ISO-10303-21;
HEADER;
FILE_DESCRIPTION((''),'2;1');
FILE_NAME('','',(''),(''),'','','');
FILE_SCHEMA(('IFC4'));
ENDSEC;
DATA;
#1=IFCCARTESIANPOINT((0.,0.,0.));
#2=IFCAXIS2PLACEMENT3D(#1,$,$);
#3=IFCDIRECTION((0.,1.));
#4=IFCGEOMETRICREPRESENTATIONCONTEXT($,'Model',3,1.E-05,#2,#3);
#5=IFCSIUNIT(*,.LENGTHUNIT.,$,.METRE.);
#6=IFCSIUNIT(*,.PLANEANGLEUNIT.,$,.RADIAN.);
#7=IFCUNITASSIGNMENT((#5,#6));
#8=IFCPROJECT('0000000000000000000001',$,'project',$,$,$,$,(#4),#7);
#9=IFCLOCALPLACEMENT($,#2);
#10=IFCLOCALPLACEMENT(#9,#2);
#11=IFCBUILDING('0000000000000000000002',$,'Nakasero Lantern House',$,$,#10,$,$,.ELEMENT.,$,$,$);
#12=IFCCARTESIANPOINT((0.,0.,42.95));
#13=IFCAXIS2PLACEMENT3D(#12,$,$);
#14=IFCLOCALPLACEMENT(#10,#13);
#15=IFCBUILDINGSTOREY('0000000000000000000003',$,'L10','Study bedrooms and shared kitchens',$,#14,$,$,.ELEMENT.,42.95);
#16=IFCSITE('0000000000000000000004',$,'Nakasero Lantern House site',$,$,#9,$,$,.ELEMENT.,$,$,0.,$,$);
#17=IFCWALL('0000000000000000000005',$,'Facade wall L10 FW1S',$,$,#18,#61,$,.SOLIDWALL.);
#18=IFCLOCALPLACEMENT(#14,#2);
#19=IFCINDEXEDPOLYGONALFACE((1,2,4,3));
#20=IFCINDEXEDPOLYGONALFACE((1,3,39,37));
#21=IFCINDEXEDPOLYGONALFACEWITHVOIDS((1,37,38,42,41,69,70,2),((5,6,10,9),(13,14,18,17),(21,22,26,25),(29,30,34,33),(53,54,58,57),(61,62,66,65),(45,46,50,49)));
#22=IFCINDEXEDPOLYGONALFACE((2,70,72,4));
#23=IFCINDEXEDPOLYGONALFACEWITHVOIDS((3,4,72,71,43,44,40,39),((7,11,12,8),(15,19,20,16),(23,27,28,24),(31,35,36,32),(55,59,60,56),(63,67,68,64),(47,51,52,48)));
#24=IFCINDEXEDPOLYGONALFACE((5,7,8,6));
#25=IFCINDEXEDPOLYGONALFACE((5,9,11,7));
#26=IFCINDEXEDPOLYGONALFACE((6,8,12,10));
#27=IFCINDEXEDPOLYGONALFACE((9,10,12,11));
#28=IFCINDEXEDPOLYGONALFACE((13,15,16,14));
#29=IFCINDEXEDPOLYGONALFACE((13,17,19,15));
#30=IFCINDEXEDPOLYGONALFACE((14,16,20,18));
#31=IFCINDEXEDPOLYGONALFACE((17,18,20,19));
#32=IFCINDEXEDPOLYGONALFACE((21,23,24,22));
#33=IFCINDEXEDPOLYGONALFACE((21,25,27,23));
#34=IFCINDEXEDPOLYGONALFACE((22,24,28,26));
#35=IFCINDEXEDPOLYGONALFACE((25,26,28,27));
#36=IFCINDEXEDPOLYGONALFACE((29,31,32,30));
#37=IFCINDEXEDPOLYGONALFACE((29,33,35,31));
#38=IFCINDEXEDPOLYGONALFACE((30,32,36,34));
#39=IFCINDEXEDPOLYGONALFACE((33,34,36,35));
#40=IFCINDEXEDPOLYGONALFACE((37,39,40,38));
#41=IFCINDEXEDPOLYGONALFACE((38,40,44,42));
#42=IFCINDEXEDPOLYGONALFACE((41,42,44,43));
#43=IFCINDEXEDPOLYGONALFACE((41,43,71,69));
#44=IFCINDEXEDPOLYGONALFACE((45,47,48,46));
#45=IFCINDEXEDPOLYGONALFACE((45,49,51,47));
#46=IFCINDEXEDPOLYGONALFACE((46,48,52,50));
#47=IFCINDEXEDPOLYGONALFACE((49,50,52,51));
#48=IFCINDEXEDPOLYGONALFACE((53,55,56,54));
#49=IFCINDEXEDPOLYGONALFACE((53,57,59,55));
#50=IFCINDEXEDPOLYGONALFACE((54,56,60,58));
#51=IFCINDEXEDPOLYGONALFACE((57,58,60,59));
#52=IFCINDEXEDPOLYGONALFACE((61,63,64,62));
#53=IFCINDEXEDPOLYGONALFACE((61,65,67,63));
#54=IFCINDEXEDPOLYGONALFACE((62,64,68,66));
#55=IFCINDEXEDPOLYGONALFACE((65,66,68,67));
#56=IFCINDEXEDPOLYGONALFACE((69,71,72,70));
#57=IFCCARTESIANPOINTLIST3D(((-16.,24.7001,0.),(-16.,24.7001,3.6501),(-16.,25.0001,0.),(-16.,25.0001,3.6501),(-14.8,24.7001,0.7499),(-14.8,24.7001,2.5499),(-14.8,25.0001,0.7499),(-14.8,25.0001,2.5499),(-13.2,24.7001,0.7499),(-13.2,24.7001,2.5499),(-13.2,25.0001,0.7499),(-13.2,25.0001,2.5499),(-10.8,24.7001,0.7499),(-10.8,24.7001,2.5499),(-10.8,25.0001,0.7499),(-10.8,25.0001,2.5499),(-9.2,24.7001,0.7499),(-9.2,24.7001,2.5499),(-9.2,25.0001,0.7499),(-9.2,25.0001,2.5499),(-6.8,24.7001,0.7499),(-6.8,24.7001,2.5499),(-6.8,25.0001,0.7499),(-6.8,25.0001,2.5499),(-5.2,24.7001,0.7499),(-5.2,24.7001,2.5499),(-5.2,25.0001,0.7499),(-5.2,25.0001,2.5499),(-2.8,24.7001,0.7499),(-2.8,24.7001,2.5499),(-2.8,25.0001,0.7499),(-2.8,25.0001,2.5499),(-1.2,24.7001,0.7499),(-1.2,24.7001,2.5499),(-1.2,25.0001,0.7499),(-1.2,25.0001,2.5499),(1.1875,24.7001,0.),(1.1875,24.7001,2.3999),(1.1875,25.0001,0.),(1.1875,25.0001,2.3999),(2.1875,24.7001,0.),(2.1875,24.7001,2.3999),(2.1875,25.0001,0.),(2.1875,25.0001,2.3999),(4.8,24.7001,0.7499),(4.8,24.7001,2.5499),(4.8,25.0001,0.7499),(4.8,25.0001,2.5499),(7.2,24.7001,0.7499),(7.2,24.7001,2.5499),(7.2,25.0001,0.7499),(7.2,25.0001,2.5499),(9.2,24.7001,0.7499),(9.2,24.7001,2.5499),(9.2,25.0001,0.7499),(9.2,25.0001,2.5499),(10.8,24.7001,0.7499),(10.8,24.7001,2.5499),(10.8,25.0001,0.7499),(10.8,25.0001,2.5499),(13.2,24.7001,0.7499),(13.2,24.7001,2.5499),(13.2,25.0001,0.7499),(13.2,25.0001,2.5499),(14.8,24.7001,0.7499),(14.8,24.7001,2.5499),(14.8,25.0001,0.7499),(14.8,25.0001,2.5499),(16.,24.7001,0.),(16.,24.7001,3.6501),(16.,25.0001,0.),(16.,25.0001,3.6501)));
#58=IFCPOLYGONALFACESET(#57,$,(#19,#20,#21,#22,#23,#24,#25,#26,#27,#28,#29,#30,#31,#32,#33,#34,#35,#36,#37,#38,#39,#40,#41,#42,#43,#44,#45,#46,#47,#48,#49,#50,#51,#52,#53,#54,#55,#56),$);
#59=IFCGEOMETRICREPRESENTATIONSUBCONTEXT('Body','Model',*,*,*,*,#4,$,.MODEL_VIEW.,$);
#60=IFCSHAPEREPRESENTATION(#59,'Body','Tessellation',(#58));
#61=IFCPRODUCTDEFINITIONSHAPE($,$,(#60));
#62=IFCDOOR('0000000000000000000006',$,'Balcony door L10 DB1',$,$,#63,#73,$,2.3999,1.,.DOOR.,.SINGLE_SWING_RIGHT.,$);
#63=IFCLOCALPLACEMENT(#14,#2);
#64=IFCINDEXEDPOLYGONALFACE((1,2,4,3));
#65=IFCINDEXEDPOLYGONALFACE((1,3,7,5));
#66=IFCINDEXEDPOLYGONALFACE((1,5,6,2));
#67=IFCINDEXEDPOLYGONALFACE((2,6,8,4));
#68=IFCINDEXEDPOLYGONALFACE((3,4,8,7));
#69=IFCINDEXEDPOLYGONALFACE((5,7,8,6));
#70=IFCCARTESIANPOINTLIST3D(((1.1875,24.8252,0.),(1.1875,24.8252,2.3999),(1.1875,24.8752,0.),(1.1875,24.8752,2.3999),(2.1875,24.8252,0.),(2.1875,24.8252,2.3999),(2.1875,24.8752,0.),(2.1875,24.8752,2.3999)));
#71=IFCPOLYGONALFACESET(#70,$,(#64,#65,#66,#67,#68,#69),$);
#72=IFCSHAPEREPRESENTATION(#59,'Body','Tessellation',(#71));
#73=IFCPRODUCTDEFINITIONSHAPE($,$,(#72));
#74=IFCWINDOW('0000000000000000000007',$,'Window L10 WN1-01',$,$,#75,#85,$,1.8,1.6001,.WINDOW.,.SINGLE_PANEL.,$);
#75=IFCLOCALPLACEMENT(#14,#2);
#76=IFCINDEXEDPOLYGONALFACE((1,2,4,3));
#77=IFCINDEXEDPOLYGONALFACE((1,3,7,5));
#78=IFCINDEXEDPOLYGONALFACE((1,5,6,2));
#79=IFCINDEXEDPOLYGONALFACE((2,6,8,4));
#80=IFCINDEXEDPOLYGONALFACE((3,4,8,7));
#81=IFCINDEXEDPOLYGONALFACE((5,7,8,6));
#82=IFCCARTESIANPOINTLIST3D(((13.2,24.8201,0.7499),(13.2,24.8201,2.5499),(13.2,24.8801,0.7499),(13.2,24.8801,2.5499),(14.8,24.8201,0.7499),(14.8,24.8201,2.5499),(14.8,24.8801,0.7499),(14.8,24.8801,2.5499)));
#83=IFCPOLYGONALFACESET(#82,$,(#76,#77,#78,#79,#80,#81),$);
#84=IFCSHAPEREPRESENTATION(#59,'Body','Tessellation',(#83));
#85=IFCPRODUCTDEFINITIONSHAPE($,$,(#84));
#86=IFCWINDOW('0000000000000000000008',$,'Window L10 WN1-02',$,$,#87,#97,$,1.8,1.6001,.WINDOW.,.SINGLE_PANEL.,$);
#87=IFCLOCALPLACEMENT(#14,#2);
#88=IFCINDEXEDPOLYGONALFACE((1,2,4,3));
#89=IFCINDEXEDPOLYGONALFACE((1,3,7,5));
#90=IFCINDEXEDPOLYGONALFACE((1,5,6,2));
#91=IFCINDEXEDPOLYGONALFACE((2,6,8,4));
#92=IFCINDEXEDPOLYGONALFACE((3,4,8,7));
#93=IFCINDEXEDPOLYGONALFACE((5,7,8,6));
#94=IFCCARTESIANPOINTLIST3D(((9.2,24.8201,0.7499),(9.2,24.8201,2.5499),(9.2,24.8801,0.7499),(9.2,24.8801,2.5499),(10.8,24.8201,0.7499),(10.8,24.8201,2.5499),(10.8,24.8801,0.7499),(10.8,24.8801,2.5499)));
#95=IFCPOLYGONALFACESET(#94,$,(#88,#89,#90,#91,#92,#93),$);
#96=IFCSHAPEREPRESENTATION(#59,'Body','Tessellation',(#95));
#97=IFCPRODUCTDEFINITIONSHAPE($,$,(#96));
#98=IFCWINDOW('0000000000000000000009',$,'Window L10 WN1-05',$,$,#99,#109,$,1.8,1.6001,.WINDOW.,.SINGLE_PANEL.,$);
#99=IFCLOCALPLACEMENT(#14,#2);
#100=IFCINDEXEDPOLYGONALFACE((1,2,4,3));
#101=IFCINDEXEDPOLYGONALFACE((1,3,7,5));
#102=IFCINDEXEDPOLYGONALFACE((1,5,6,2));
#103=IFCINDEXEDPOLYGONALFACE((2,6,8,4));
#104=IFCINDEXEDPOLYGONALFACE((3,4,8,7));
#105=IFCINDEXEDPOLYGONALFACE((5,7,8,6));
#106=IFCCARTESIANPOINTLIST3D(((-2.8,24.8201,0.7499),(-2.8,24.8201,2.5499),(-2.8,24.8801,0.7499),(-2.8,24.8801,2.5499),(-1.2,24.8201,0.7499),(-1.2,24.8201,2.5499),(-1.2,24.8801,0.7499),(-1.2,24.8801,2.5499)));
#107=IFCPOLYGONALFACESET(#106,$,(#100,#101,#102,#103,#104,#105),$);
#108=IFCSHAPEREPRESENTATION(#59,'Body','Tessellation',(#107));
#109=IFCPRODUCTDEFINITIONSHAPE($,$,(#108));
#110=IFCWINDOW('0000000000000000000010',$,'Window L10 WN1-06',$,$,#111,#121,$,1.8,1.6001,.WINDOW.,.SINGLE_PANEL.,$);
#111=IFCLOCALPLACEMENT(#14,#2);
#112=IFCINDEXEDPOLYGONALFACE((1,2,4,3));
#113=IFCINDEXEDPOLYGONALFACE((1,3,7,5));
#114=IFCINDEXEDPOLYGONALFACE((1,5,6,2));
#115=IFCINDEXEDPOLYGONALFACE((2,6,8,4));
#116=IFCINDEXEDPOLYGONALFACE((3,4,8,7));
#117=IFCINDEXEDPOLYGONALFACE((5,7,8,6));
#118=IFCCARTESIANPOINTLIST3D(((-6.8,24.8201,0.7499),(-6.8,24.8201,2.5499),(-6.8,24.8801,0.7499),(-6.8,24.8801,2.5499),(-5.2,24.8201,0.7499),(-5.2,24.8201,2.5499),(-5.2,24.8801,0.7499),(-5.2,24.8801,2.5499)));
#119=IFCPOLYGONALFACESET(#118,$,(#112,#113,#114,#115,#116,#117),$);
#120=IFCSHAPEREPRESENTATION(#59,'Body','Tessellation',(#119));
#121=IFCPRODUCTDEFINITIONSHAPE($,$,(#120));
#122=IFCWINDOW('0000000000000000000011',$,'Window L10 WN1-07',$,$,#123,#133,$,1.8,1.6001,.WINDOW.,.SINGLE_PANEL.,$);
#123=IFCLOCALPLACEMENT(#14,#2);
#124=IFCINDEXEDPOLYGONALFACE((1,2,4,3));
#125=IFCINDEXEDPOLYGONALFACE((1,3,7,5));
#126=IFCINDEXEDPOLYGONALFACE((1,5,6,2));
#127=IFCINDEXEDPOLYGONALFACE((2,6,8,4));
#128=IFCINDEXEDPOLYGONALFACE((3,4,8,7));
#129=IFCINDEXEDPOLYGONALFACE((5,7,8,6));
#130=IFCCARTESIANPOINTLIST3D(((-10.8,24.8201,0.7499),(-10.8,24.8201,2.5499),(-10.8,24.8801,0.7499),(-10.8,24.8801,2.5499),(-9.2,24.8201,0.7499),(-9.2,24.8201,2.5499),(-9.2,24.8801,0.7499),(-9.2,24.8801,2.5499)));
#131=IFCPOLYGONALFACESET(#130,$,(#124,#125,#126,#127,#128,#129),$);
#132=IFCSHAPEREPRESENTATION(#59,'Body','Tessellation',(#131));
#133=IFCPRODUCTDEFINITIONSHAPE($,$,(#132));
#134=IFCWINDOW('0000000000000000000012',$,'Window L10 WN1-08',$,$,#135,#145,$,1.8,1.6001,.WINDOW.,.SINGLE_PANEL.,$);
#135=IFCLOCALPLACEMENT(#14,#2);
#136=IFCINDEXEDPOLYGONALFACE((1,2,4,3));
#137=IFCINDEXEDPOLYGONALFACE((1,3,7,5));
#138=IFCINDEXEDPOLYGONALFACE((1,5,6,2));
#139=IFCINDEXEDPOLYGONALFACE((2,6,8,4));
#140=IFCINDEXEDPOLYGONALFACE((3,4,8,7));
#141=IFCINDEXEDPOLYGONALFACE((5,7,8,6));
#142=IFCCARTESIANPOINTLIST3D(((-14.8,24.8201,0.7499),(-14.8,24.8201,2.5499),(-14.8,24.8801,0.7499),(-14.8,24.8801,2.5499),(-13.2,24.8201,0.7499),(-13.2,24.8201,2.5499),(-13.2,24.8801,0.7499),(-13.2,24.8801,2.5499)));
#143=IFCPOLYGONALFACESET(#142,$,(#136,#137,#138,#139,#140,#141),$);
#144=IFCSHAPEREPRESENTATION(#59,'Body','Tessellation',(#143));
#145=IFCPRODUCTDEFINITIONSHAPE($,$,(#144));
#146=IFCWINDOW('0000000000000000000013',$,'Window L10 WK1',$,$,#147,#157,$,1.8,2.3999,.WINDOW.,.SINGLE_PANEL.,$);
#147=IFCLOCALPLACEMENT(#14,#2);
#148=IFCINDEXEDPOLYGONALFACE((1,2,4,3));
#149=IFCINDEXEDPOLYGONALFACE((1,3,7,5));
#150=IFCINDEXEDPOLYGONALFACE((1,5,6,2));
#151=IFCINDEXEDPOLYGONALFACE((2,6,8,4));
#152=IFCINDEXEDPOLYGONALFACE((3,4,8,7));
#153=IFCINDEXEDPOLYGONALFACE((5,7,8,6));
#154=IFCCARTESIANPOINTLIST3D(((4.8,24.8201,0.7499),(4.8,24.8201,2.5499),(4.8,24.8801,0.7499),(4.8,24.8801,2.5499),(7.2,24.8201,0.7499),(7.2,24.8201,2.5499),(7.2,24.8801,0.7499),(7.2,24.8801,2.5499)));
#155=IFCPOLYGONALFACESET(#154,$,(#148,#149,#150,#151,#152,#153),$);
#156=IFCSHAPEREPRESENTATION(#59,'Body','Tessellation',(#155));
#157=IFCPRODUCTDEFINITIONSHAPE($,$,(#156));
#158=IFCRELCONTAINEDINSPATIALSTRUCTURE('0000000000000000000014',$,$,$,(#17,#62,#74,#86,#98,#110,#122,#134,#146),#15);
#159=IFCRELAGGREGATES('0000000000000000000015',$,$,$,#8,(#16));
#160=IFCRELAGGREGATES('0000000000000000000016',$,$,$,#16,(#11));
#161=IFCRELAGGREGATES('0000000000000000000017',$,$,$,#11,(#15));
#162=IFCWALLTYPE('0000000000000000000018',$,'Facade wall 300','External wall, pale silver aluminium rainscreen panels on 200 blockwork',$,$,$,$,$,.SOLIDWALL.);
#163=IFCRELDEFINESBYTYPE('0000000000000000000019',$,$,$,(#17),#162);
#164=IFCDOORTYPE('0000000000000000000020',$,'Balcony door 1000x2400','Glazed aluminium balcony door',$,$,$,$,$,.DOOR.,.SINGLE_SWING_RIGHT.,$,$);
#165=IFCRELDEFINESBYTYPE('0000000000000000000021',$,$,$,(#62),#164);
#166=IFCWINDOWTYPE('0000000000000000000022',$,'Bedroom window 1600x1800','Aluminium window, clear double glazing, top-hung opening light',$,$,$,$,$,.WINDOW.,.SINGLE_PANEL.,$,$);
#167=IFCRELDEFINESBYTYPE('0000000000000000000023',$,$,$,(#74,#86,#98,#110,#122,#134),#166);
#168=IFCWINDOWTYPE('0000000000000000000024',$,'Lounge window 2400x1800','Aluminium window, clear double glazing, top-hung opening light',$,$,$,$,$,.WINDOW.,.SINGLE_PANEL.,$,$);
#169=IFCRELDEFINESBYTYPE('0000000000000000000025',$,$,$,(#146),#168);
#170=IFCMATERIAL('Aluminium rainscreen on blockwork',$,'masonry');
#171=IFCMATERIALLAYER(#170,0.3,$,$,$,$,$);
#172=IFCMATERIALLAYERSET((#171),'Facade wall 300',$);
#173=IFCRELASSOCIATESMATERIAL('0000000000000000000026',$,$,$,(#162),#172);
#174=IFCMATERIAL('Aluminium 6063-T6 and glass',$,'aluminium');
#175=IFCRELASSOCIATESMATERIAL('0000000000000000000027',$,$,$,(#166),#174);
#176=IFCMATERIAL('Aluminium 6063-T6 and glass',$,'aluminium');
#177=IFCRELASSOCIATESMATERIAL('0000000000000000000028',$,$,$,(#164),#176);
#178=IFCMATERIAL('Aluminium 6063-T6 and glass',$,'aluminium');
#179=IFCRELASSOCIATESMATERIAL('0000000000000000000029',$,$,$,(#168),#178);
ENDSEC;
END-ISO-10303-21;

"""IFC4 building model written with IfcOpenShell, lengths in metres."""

from ifc_helpers import new_model, si_unit, direction, frame, frame_2d, origin, place, context, subcontext, project, spatial, rectangle, extrude, material, layer, layer_set, type_object, element, fill, save


model = new_model("IFC4")

# Units and contexts
model_context = context("Model", 3, precision=1e-05, world=origin(), true_north=direction((0.0, 1.0)))
body_context = subcontext(model_context, "Body", "Model", "MODEL_VIEW")
ifc_project = project(units=[si_unit("LENGTHUNIT", "METRE"), si_unit("PLANEANGLEUNIT", "RADIAN")], contexts=[model_context])

# Site, building, storey
site_placement = place(None, origin())
site = spatial("IfcSite", under=ifc_project, at=site_placement, Name="Nakasero Lantern House site", CompositionType="ELEMENT", RefElevation=0.0)
building_placement = place(site_placement, origin())
building = spatial("IfcBuilding", under=site, at=building_placement, Name="Nakasero Lantern House", CompositionType="ELEMENT")
storey_placement = place(building_placement, frame((0.0, 0.0, 42.95)))
storey = spatial("IfcBuildingStorey", under=building, at=storey_placement, Name="L10", Description="Study bedrooms and shared kitchens", CompositionType="ELEMENT", Elevation=42.95)

# Shared definitions
ifc_material_1 = material(Name="Aluminium rainscreen on blockwork", Category="masonry")
ifc_layer_1 = layer(ifc_material_1, 0.3)
ifc_layer_set_1 = layer_set([ifc_layer_1], Name="Facade wall 300")
wall_type_1 = type_object("IfcWallType", Name="Facade wall 300", Description="External wall, pale silver aluminium rainscreen panels on 200 blockwork", PredefinedType="SOLIDWALL", material=ifc_layer_set_1)
ifc_material_2 = material(Name="Aluminium 6063-T6 and glass", Category="aluminium")
window_type_1 = type_object("IfcWindowType", Name="Bedroom window 1600x1800", Description="Aluminium window, clear double glazing, top-hung opening light", PartitioningType="SINGLE_PANEL", PredefinedType="WINDOW", material=ifc_material_2)

# Wall, openings, door, windows
wall_1_placement = place(storey_placement, frame((16.0, 24.8501, 0.0), z_axis=(0.0, 0.0, 1.0), x_axis=(-1.0, 0.0, 0.0)))
wall_1 = element("IfcWall", 1, at=wall_1_placement, inside=storey, type_object=wall_type_1, Name="Facade wall L10 FW1S", PredefinedType="SOLIDWALL", context=body_context, shape_type="SweptSolid", body=[
    extrude(rectangle(XDim=32.0, YDim=0.3, at=frame_2d((16.0, 0.0))), origin(), (0.0, 0.0, 1.0), 3.6501),
])
opening_1_placement = place(wall_1_placement, frame((1.2, 0.0, 0.75)))
opening_1 = element("IfcOpeningElement", 2, at=opening_1_placement, cuts=wall_1, PredefinedType="OPENING", context=body_context, shape_type="SweptSolid", body=[
    extrude(rectangle(XDim=1.6001, YDim=1.8, at=frame_2d((0.8, 0.8999))), frame((0.0, 0.1699, 0.0), z_axis=(0.0, -1.0, 0.0), x_axis=(1.0, 0.0, 0.0)), (0.0, 0.0, 1.0), 0.3401),
])
opening_2_placement = place(wall_1_placement, frame((5.2, 0.0, 0.75)))
opening_2 = element("IfcOpeningElement", 3, at=opening_2_placement, cuts=wall_1, PredefinedType="OPENING", context=body_context, shape_type="SweptSolid", body=[
    extrude(rectangle(XDim=1.6001, YDim=1.8, at=frame_2d((0.8, 0.8999))), frame((0.0, 0.1699, 0.0), z_axis=(0.0, -1.0, 0.0), x_axis=(1.0, 0.0, 0.0)), (0.0, 0.0, 1.0), 0.3401),
])
opening_3_placement = place(wall_1_placement, frame((17.2, 0.0, 0.75)))
opening_3 = element("IfcOpeningElement", 4, at=opening_3_placement, cuts=wall_1, PredefinedType="OPENING", context=body_context, shape_type="SweptSolid", body=[
    extrude(rectangle(XDim=1.6001, YDim=1.8, at=frame_2d((0.8, 0.8999))), frame((0.0, 0.1699, 0.0), z_axis=(0.0, -1.0, 0.0), x_axis=(1.0, 0.0, 0.0)), (0.0, 0.0, 1.0), 0.3401),
])
opening_4_placement = place(wall_1_placement, frame((21.2, 0.0, 0.75)))
opening_4 = element("IfcOpeningElement", 5, at=opening_4_placement, cuts=wall_1, PredefinedType="OPENING", context=body_context, shape_type="SweptSolid", body=[
    extrude(rectangle(XDim=1.6001, YDim=1.8, at=frame_2d((0.8, 0.8999))), frame((0.0, 0.1699, 0.0), z_axis=(0.0, -1.0, 0.0), x_axis=(1.0, 0.0, 0.0)), (0.0, 0.0, 1.0), 0.3401),
])
opening_5_placement = place(wall_1_placement, frame((25.2, 0.0, 0.75)))
opening_5 = element("IfcOpeningElement", 6, at=opening_5_placement, cuts=wall_1, PredefinedType="OPENING", context=body_context, shape_type="SweptSolid", body=[
    extrude(rectangle(XDim=1.6001, YDim=1.8, at=frame_2d((0.8, 0.8999))), frame((0.0, 0.1699, 0.0), z_axis=(0.0, -1.0, 0.0), x_axis=(1.0, 0.0, 0.0)), (0.0, 0.0, 1.0), 0.3401),
])
opening_6_placement = place(wall_1_placement, frame((29.2, 0.0, 0.75)))
opening_6 = element("IfcOpeningElement", 7, at=opening_6_placement, cuts=wall_1, PredefinedType="OPENING", context=body_context, shape_type="SweptSolid", body=[
    extrude(rectangle(XDim=1.6001, YDim=1.8, at=frame_2d((0.8, 0.8999))), frame((0.0, 0.1699, 0.0), z_axis=(0.0, -1.0, 0.0), x_axis=(1.0, 0.0, 0.0)), (0.0, 0.0, 1.0), 0.3401),
])
opening_7_placement = place(wall_1_placement, frame((8.8, 0.0, 0.75)))
opening_7 = element("IfcOpeningElement", 8, at=opening_7_placement, cuts=wall_1, PredefinedType="OPENING", context=body_context, shape_type="SweptSolid", body=[
    extrude(rectangle(XDim=2.3999, YDim=1.8, at=frame_2d((1.2, 0.8999))), frame((0.0, 0.1699, 0.0), z_axis=(0.0, -1.0, 0.0), x_axis=(1.0, 0.0, 0.0)), (0.0, 0.0, 1.0), 0.3401),
])
opening_8_placement = place(wall_1_placement, frame((13.8125, 0.0, 0.0)))
opening_8 = element("IfcOpeningElement", 9, at=opening_8_placement, cuts=wall_1, PredefinedType="OPENING", context=body_context, shape_type="SweptSolid", body=[
    extrude(rectangle(XDim=1.0, YDim=2.3999, at=frame_2d((0.5, 1.2))), frame((0.0, 0.1699, 0.0), z_axis=(0.0, -1.0, 0.0), x_axis=(1.0, 0.0, 0.0)), (0.0, 0.0, 1.0), 0.3401),
])
ifc_material_3 = material(Name="Aluminium 6063-T6 and glass", Category="aluminium")
door_type_1 = type_object("IfcDoorType", Name="Balcony door 1000x2400", Description="Glazed aluminium balcony door", OperationType="SINGLE_SWING_RIGHT", PredefinedType="DOOR", material=ifc_material_3)
door_1_placement = place(opening_8_placement, origin())
door_1 = element("IfcDoor", 10, at=door_1_placement, inside=storey, type_object=door_type_1, Name="Balcony door L10 DB1", OperationType="SINGLE_SWING_RIGHT", OverallHeight=2.3999, OverallWidth=1.0, PredefinedType="DOOR", context=body_context, shape_type="SweptSolid", body=[
    extrude(rectangle(XDim=1.0, YDim=2.3999, at=frame_2d((0.5, 1.2))), frame((0.0, 0.0249, 0.0), z_axis=(0.0, -1.0, 0.0), x_axis=(1.0, 0.0, 0.0)), (0.0, 0.0, 1.0), 0.05),
])
fill(opening_8, door_1)
window_1_placement = place(opening_1_placement, origin())
window_1 = element("IfcWindow", 11, at=window_1_placement, inside=storey, type_object=window_type_1, Name="Window L10 WN1-01", OverallHeight=1.8, OverallWidth=1.6001, PartitioningType="SINGLE_PANEL", PredefinedType="WINDOW", context=body_context, shape_type="SweptSolid", body=[
    extrude(rectangle(XDim=1.6001, YDim=1.8, at=frame_2d((0.8, 0.8999))), frame((0.0, 0.03, 0.0), z_axis=(0.0, -1.0, 0.0), x_axis=(1.0, 0.0, 0.0)), (0.0, 0.0, 1.0), 0.0601),
])
fill(opening_1, window_1)
window_2_placement = place(opening_2_placement, origin())
window_2 = element("IfcWindow", 12, at=window_2_placement, inside=storey, type_object=window_type_1, Name="Window L10 WN1-02", OverallHeight=1.8, OverallWidth=1.6001, PartitioningType="SINGLE_PANEL", PredefinedType="WINDOW", context=body_context, shape_type="SweptSolid", body=[
    extrude(rectangle(XDim=1.6001, YDim=1.8, at=frame_2d((0.8, 0.8999))), frame((0.0, 0.03, 0.0), z_axis=(0.0, -1.0, 0.0), x_axis=(1.0, 0.0, 0.0)), (0.0, 0.0, 1.0), 0.0601),
])
fill(opening_2, window_2)
window_3_placement = place(opening_3_placement, origin())
window_3 = element("IfcWindow", 13, at=window_3_placement, inside=storey, type_object=window_type_1, Name="Window L10 WN1-05", OverallHeight=1.8, OverallWidth=1.6001, PartitioningType="SINGLE_PANEL", PredefinedType="WINDOW", context=body_context, shape_type="SweptSolid", body=[
    extrude(rectangle(XDim=1.6001, YDim=1.8, at=frame_2d((0.8, 0.8999))), frame((0.0, 0.03, 0.0), z_axis=(0.0, -1.0, 0.0), x_axis=(1.0, 0.0, 0.0)), (0.0, 0.0, 1.0), 0.0601),
])
fill(opening_3, window_3)
window_4_placement = place(opening_4_placement, origin())
window_4 = element("IfcWindow", 14, at=window_4_placement, inside=storey, type_object=window_type_1, Name="Window L10 WN1-06", OverallHeight=1.8, OverallWidth=1.6001, PartitioningType="SINGLE_PANEL", PredefinedType="WINDOW", context=body_context, shape_type="SweptSolid", body=[
    extrude(rectangle(XDim=1.6001, YDim=1.8, at=frame_2d((0.8, 0.8999))), frame((0.0, 0.03, 0.0), z_axis=(0.0, -1.0, 0.0), x_axis=(1.0, 0.0, 0.0)), (0.0, 0.0, 1.0), 0.0601),
])
fill(opening_4, window_4)
window_5_placement = place(opening_5_placement, origin())
window_5 = element("IfcWindow", 15, at=window_5_placement, inside=storey, type_object=window_type_1, Name="Window L10 WN1-07", OverallHeight=1.8, OverallWidth=1.6001, PartitioningType="SINGLE_PANEL", PredefinedType="WINDOW", context=body_context, shape_type="SweptSolid", body=[
    extrude(rectangle(XDim=1.6001, YDim=1.8, at=frame_2d((0.8, 0.8999))), frame((0.0, 0.03, 0.0), z_axis=(0.0, -1.0, 0.0), x_axis=(1.0, 0.0, 0.0)), (0.0, 0.0, 1.0), 0.0601),
])
fill(opening_5, window_5)
window_6_placement = place(opening_6_placement, origin())
window_6 = element("IfcWindow", 16, at=window_6_placement, inside=storey, type_object=window_type_1, Name="Window L10 WN1-08", OverallHeight=1.8, OverallWidth=1.6001, PartitioningType="SINGLE_PANEL", PredefinedType="WINDOW", context=body_context, shape_type="SweptSolid", body=[
    extrude(rectangle(XDim=1.6001, YDim=1.8, at=frame_2d((0.8, 0.8999))), frame((0.0, 0.03, 0.0), z_axis=(0.0, -1.0, 0.0), x_axis=(1.0, 0.0, 0.0)), (0.0, 0.0, 1.0), 0.0601),
])
fill(opening_6, window_6)
ifc_material_4 = material(Name="Aluminium 6063-T6 and glass", Category="aluminium")
window_type_2 = type_object("IfcWindowType", Name="Lounge window 2400x1800", Description="Aluminium window, clear double glazing, top-hung opening light", PartitioningType="SINGLE_PANEL", PredefinedType="WINDOW", material=ifc_material_4)
window_7_placement = place(opening_7_placement, origin())
window_7 = element("IfcWindow", 17, at=window_7_placement, inside=storey, type_object=window_type_2, Name="Window L10 WK1", OverallHeight=1.8, OverallWidth=2.3999, PartitioningType="SINGLE_PANEL", PredefinedType="WINDOW", context=body_context, shape_type="SweptSolid", body=[
    extrude(rectangle(XDim=2.3999, YDim=1.8, at=frame_2d((1.2, 0.8999))), frame((0.0, 0.03, 0.0), z_axis=(0.0, -1.0, 0.0), x_axis=(1.0, 0.0, 0.0)), (0.0, 0.0, 1.0), 0.0601),
])
fill(opening_7, window_7)

save(model, "model.ifc")
